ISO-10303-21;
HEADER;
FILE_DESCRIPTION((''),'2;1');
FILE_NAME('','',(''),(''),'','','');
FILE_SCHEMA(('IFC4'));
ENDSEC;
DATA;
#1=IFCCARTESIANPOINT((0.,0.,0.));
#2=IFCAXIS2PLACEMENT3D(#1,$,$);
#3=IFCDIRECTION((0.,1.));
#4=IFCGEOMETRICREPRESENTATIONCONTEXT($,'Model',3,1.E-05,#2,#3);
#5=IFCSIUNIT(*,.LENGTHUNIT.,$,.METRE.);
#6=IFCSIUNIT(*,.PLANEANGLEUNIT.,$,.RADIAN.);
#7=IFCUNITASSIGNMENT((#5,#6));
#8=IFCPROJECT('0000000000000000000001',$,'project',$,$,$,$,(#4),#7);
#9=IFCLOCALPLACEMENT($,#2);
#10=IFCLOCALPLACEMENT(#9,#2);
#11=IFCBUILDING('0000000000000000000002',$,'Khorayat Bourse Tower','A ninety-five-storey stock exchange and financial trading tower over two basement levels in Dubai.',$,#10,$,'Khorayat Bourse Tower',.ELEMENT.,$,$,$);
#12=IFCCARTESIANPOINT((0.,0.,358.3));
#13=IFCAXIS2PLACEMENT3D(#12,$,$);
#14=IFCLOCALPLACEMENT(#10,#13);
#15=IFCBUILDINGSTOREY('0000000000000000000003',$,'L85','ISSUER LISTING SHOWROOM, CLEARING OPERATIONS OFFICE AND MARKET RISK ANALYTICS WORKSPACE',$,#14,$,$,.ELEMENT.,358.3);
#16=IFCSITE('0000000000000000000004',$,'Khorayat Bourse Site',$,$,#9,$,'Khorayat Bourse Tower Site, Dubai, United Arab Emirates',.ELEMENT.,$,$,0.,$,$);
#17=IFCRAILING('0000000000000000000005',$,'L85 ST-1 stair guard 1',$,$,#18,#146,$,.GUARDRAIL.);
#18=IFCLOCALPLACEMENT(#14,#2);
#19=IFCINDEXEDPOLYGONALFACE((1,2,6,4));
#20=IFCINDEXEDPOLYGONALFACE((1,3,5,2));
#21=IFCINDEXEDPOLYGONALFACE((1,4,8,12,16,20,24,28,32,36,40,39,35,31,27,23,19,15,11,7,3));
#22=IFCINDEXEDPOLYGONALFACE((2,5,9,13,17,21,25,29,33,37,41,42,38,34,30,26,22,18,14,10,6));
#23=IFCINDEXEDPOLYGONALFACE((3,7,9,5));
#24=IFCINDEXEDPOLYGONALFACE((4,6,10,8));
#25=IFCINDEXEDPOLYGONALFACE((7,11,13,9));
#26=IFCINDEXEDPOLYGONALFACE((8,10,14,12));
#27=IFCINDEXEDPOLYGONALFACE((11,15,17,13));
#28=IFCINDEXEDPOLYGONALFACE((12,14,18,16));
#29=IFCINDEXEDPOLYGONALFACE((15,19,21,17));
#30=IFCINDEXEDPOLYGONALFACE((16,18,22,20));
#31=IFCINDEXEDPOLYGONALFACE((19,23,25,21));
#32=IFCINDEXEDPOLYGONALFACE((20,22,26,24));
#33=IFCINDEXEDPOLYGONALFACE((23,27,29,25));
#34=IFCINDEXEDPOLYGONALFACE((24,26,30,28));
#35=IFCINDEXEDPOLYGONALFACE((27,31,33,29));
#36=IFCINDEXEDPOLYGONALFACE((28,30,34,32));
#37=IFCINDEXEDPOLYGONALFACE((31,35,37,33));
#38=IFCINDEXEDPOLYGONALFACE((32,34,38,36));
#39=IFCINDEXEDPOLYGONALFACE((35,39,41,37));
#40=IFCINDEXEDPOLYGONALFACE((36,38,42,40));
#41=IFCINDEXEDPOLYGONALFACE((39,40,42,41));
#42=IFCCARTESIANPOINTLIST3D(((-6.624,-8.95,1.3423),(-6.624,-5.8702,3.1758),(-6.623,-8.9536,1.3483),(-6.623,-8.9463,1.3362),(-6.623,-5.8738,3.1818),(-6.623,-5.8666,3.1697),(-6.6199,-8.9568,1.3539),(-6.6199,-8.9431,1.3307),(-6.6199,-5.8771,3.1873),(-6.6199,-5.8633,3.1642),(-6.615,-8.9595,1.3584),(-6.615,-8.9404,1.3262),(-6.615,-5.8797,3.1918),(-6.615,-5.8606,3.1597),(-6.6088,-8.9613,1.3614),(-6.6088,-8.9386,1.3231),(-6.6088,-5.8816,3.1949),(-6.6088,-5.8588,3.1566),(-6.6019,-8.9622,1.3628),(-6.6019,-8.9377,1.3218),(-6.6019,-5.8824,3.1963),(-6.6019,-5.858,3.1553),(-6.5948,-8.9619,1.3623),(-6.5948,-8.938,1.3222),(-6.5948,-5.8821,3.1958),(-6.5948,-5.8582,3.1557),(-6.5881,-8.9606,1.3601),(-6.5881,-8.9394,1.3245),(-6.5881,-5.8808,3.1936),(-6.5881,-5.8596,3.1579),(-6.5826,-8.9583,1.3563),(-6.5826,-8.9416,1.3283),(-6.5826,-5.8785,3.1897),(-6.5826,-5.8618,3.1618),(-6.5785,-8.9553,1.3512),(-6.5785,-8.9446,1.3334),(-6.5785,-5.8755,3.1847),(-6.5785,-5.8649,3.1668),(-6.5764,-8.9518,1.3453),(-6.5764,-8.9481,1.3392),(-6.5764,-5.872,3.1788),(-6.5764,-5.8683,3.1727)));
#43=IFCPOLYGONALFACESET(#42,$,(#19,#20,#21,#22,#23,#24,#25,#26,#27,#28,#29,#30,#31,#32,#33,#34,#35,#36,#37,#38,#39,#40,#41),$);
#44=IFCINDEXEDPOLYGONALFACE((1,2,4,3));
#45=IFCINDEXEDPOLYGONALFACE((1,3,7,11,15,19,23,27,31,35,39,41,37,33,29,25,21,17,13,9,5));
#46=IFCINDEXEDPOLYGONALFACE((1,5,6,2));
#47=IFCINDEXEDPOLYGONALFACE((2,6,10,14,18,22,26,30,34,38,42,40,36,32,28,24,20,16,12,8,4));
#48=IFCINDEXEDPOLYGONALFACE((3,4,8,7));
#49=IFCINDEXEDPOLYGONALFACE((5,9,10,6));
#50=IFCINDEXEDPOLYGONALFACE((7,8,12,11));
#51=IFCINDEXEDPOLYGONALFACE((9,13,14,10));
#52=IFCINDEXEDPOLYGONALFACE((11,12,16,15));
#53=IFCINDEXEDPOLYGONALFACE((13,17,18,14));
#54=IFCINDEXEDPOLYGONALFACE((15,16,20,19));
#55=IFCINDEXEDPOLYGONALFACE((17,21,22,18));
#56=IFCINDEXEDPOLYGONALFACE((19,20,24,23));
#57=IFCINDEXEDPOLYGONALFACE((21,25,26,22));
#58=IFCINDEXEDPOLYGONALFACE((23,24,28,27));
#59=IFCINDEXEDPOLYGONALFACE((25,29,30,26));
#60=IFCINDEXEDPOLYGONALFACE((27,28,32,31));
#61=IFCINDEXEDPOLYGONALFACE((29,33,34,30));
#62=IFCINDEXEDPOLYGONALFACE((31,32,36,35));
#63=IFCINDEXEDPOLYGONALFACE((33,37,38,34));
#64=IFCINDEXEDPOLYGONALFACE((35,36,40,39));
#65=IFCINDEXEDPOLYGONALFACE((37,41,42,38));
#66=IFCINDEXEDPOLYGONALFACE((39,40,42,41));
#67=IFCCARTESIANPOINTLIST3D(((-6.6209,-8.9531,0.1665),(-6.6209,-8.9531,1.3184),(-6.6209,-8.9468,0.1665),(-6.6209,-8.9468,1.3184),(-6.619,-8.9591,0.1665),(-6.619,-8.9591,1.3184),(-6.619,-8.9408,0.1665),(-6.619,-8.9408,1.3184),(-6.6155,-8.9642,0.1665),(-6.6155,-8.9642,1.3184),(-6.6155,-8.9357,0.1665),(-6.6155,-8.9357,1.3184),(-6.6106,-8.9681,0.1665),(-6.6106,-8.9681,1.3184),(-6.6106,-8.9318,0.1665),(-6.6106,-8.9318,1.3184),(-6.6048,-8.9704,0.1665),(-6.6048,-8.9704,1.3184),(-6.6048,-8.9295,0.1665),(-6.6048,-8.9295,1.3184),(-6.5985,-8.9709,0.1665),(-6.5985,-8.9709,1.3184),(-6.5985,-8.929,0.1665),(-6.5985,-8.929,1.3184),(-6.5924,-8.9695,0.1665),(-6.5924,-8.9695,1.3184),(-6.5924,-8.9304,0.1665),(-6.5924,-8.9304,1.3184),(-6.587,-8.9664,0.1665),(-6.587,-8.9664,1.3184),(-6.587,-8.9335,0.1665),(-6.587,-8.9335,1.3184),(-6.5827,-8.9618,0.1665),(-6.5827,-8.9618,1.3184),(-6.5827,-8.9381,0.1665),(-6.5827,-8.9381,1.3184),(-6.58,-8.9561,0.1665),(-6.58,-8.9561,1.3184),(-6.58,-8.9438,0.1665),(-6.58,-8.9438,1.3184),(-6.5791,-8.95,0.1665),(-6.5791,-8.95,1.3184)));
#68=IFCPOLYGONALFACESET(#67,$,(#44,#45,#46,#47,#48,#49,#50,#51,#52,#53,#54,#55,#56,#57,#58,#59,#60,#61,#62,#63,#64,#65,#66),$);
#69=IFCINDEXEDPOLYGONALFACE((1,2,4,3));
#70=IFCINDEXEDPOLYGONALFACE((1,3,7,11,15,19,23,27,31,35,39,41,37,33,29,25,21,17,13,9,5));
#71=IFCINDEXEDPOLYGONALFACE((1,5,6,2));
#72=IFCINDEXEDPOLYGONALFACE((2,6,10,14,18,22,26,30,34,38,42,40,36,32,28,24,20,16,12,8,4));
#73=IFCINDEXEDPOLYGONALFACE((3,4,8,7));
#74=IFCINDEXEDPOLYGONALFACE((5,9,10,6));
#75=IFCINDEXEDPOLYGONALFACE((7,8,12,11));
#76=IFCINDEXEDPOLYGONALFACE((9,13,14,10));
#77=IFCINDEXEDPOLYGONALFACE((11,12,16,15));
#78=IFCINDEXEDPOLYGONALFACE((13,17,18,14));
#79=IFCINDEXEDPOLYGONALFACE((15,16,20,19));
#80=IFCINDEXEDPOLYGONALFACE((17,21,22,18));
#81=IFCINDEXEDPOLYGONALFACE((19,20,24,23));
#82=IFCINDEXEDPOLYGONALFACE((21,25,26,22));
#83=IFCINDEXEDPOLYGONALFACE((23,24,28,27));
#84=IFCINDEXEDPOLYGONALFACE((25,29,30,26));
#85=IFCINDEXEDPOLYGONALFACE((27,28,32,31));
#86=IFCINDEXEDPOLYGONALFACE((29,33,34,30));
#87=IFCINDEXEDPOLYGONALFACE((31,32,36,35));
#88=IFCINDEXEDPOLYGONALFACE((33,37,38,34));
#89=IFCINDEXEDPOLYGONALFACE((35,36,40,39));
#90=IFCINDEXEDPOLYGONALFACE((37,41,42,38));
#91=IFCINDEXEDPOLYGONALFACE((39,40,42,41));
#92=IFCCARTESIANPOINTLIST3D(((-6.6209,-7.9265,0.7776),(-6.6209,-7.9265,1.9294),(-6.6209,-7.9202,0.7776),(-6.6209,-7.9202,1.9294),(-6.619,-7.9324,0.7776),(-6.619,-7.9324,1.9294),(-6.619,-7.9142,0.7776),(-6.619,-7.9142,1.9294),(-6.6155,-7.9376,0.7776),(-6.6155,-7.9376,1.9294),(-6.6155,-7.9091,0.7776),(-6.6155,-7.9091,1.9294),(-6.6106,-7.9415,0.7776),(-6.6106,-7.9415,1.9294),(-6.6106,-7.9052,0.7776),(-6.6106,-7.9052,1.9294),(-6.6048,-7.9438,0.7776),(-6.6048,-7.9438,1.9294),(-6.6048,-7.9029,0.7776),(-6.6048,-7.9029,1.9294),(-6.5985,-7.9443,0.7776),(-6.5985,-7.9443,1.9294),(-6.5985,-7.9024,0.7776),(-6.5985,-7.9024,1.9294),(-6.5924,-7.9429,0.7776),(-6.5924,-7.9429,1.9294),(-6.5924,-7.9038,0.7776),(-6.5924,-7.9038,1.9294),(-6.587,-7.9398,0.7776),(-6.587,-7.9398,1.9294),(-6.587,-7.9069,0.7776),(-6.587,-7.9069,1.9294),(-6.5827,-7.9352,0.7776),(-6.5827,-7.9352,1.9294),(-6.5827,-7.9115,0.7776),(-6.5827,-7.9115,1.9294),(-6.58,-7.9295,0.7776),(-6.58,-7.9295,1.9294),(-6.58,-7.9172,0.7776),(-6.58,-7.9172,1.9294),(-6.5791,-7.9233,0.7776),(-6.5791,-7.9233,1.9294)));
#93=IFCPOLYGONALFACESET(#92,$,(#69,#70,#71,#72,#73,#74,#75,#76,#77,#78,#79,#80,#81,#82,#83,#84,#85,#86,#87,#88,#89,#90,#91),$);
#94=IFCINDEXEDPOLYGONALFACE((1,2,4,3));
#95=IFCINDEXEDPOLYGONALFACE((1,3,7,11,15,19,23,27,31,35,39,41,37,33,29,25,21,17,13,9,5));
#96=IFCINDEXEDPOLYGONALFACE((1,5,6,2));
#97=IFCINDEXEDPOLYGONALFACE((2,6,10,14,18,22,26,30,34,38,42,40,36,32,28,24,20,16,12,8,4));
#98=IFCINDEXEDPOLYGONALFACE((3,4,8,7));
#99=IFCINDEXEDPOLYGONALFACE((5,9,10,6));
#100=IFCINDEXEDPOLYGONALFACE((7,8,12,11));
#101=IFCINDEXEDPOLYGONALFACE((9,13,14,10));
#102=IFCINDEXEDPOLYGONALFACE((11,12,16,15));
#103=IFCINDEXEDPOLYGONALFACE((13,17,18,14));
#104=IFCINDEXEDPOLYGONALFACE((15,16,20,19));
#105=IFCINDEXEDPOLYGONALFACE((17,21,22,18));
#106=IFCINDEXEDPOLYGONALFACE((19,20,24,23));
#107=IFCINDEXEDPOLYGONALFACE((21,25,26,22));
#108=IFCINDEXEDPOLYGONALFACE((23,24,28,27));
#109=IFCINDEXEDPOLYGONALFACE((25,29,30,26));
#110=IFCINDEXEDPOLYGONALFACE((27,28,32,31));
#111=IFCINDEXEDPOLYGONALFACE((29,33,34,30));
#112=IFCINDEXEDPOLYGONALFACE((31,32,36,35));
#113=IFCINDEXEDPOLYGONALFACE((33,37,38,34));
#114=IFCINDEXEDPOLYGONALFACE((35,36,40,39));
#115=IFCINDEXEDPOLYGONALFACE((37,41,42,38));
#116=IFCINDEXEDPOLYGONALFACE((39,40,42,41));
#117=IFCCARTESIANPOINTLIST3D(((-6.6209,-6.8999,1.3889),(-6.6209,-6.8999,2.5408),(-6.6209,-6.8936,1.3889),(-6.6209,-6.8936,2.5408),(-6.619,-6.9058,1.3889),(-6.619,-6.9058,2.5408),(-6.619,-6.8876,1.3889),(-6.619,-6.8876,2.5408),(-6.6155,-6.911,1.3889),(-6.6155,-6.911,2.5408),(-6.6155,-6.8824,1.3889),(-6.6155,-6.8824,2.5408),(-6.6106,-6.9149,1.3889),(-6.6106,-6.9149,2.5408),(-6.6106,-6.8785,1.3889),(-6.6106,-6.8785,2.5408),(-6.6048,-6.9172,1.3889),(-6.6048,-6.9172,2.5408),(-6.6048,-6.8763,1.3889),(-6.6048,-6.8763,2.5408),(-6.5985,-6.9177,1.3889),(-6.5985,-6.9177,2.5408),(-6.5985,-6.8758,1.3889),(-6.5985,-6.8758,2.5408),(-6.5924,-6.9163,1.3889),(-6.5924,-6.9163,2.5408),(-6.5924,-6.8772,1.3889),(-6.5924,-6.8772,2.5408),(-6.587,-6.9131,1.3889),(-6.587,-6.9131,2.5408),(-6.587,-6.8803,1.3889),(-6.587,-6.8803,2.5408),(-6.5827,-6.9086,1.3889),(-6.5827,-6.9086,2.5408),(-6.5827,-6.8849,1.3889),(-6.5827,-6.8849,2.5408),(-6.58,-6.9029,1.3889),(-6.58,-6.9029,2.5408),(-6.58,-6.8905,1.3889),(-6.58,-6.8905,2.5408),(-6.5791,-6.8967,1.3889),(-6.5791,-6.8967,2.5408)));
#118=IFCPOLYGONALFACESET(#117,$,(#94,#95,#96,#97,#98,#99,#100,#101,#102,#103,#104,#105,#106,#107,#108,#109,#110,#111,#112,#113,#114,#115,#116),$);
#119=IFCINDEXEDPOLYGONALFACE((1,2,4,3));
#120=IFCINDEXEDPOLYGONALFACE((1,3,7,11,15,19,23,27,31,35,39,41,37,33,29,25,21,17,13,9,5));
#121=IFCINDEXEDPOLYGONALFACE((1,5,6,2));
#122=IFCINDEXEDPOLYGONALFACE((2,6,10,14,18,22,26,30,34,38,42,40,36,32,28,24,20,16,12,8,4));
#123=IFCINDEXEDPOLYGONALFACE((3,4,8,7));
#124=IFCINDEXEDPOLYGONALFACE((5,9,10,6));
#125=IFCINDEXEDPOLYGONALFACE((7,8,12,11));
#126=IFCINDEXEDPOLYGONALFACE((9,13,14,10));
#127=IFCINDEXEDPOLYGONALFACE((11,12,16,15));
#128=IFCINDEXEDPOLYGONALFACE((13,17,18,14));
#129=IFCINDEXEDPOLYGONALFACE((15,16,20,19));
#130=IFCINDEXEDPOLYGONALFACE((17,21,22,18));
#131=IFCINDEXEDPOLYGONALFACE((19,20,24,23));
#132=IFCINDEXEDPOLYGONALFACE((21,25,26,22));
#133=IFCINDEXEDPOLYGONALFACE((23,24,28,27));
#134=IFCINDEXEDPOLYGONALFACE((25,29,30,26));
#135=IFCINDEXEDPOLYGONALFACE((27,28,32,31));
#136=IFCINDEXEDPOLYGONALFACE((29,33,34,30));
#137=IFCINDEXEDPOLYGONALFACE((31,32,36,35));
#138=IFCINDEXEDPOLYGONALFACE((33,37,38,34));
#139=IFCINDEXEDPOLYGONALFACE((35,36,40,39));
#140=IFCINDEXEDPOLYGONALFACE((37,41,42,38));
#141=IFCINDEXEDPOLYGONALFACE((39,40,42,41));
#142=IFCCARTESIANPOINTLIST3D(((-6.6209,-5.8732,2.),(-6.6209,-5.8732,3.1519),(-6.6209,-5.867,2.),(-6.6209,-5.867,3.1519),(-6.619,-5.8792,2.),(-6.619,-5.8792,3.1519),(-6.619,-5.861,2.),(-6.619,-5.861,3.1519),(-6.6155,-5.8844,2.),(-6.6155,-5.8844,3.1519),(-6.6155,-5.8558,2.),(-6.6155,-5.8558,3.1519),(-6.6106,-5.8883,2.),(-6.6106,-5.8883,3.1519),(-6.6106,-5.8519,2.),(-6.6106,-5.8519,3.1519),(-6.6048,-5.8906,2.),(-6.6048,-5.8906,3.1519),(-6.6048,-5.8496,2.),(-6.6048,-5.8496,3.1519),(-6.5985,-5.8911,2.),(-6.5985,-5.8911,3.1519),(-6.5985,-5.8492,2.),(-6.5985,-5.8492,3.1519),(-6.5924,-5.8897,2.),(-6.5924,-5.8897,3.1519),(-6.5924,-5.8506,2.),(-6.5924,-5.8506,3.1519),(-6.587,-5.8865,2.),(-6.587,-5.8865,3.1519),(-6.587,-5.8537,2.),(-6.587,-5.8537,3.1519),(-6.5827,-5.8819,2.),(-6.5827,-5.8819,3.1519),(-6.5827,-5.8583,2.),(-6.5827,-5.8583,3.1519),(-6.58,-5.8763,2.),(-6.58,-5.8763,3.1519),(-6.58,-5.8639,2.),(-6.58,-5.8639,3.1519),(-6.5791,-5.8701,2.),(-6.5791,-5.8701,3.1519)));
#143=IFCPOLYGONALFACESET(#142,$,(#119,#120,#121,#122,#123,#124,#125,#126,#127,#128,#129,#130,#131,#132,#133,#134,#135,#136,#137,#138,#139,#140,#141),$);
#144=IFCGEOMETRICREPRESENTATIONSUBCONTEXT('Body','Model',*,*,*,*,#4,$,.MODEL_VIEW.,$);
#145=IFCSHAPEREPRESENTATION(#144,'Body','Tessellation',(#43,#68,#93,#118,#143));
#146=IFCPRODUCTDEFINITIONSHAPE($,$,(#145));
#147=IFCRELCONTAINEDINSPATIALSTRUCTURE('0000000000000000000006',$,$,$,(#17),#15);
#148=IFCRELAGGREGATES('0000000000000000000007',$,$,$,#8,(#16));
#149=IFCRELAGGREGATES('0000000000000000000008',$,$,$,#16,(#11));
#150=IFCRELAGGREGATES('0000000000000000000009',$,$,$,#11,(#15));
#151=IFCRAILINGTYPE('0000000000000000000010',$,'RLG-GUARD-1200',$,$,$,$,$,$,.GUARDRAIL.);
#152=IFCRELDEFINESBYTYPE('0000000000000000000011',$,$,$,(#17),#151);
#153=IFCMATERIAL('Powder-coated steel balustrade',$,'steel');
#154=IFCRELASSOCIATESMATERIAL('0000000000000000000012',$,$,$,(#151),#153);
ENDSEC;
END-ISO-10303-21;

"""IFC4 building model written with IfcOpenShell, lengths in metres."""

from ifc_helpers import new_model, si_unit, direction, frame, origin, origin_2d, place, context, subcontext, project, spatial, circle, extrude, source, transform, mapped, material, type_object, element, save


model = new_model("IFC4")

# Units and contexts
model_context = context("Model", 3, precision=1e-05, world=origin(), true_north=direction((0.0, 1.0)))
body_context = subcontext(model_context, "Body", "Model", "MODEL_VIEW")
ifc_project = project(units=[si_unit("LENGTHUNIT", "METRE"), si_unit("PLANEANGLEUNIT", "RADIAN")], contexts=[model_context])

# Site, building, storey
site_placement = place(None, origin())
site = spatial("IfcSite", under=ifc_project, at=site_placement, Name="Khorayat Bourse Site", LongName="Khorayat Bourse Tower Site, Dubai, United Arab Emirates", CompositionType="ELEMENT", RefElevation=0.0)
building_placement = place(site_placement, origin())
building = spatial("IfcBuilding", under=site, at=building_placement, Name="Khorayat Bourse Tower", Description="A ninety-five-storey stock exchange and financial trading tower over two basement levels in Dubai.", LongName="Khorayat Bourse Tower", CompositionType="ELEMENT")
storey_placement = place(building_placement, frame((0.0, 0.0, 358.3)))
storey = spatial("IfcBuildingStorey", under=building, at=storey_placement, Name="L85", Description="ISSUER LISTING SHOWROOM, CLEARING OPERATIONS OFFICE AND MARKET RISK ANALYTICS WORKSPACE", CompositionType="ELEMENT", Elevation=358.3)

# Railing
ifc_material_1 = material(Name="Powder-coated steel balustrade", Category="steel")
railing_type_1 = type_object("IfcRailingType", Name="RLG-GUARD-1200", PredefinedType="GUARDRAIL", material=ifc_material_1)
shared_shape_1 = source(origin(), body_context, "Body", "SweptSolid", [
    extrude(circle(Radius=0.0239, at=origin_2d()), frame((0.0, 0.0, 1.1758), z_axis=(0.0, 0.859261, 0.511538), x_axis=(-1.0, 0.0, 0.0)), (0.0, 0.0, 1.0), 3.5842),
    extrude(circle(Radius=0.021, at=origin_2d()), origin(), (0.0, 0.0, 1.0), 1.1519),
    extrude(circle(Radius=0.021, at=origin_2d()), frame((0.0, 1.0266, 0.6111)), (0.0, 0.0, 1.0), 1.1519),
    extrude(circle(Radius=0.021, at=origin_2d()), frame((0.0, 2.0532, 1.2224)), (0.0, 0.0, 1.0), 1.1519),
    extrude(circle(Radius=0.021, at=origin_2d()), frame((0.0, 3.0798, 1.8335)), (0.0, 0.0, 1.0), 1.1519),
])
railing_1_placement = place(storey_placement, frame((-6.6001, -8.95, 0.1665)))
element("IfcRailing", 1, at=railing_1_placement, inside=storey, type_object=railing_type_1, Name="L85 ST-1 stair guard 1", PredefinedType="GUARDRAIL", context=body_context, shape_type="MappedRepresentation", body=[
    mapped(shared_shape_1, transform((0.0, 0.0, 0.0), scale=1.0)),
])

save(model, "model.ifc")
